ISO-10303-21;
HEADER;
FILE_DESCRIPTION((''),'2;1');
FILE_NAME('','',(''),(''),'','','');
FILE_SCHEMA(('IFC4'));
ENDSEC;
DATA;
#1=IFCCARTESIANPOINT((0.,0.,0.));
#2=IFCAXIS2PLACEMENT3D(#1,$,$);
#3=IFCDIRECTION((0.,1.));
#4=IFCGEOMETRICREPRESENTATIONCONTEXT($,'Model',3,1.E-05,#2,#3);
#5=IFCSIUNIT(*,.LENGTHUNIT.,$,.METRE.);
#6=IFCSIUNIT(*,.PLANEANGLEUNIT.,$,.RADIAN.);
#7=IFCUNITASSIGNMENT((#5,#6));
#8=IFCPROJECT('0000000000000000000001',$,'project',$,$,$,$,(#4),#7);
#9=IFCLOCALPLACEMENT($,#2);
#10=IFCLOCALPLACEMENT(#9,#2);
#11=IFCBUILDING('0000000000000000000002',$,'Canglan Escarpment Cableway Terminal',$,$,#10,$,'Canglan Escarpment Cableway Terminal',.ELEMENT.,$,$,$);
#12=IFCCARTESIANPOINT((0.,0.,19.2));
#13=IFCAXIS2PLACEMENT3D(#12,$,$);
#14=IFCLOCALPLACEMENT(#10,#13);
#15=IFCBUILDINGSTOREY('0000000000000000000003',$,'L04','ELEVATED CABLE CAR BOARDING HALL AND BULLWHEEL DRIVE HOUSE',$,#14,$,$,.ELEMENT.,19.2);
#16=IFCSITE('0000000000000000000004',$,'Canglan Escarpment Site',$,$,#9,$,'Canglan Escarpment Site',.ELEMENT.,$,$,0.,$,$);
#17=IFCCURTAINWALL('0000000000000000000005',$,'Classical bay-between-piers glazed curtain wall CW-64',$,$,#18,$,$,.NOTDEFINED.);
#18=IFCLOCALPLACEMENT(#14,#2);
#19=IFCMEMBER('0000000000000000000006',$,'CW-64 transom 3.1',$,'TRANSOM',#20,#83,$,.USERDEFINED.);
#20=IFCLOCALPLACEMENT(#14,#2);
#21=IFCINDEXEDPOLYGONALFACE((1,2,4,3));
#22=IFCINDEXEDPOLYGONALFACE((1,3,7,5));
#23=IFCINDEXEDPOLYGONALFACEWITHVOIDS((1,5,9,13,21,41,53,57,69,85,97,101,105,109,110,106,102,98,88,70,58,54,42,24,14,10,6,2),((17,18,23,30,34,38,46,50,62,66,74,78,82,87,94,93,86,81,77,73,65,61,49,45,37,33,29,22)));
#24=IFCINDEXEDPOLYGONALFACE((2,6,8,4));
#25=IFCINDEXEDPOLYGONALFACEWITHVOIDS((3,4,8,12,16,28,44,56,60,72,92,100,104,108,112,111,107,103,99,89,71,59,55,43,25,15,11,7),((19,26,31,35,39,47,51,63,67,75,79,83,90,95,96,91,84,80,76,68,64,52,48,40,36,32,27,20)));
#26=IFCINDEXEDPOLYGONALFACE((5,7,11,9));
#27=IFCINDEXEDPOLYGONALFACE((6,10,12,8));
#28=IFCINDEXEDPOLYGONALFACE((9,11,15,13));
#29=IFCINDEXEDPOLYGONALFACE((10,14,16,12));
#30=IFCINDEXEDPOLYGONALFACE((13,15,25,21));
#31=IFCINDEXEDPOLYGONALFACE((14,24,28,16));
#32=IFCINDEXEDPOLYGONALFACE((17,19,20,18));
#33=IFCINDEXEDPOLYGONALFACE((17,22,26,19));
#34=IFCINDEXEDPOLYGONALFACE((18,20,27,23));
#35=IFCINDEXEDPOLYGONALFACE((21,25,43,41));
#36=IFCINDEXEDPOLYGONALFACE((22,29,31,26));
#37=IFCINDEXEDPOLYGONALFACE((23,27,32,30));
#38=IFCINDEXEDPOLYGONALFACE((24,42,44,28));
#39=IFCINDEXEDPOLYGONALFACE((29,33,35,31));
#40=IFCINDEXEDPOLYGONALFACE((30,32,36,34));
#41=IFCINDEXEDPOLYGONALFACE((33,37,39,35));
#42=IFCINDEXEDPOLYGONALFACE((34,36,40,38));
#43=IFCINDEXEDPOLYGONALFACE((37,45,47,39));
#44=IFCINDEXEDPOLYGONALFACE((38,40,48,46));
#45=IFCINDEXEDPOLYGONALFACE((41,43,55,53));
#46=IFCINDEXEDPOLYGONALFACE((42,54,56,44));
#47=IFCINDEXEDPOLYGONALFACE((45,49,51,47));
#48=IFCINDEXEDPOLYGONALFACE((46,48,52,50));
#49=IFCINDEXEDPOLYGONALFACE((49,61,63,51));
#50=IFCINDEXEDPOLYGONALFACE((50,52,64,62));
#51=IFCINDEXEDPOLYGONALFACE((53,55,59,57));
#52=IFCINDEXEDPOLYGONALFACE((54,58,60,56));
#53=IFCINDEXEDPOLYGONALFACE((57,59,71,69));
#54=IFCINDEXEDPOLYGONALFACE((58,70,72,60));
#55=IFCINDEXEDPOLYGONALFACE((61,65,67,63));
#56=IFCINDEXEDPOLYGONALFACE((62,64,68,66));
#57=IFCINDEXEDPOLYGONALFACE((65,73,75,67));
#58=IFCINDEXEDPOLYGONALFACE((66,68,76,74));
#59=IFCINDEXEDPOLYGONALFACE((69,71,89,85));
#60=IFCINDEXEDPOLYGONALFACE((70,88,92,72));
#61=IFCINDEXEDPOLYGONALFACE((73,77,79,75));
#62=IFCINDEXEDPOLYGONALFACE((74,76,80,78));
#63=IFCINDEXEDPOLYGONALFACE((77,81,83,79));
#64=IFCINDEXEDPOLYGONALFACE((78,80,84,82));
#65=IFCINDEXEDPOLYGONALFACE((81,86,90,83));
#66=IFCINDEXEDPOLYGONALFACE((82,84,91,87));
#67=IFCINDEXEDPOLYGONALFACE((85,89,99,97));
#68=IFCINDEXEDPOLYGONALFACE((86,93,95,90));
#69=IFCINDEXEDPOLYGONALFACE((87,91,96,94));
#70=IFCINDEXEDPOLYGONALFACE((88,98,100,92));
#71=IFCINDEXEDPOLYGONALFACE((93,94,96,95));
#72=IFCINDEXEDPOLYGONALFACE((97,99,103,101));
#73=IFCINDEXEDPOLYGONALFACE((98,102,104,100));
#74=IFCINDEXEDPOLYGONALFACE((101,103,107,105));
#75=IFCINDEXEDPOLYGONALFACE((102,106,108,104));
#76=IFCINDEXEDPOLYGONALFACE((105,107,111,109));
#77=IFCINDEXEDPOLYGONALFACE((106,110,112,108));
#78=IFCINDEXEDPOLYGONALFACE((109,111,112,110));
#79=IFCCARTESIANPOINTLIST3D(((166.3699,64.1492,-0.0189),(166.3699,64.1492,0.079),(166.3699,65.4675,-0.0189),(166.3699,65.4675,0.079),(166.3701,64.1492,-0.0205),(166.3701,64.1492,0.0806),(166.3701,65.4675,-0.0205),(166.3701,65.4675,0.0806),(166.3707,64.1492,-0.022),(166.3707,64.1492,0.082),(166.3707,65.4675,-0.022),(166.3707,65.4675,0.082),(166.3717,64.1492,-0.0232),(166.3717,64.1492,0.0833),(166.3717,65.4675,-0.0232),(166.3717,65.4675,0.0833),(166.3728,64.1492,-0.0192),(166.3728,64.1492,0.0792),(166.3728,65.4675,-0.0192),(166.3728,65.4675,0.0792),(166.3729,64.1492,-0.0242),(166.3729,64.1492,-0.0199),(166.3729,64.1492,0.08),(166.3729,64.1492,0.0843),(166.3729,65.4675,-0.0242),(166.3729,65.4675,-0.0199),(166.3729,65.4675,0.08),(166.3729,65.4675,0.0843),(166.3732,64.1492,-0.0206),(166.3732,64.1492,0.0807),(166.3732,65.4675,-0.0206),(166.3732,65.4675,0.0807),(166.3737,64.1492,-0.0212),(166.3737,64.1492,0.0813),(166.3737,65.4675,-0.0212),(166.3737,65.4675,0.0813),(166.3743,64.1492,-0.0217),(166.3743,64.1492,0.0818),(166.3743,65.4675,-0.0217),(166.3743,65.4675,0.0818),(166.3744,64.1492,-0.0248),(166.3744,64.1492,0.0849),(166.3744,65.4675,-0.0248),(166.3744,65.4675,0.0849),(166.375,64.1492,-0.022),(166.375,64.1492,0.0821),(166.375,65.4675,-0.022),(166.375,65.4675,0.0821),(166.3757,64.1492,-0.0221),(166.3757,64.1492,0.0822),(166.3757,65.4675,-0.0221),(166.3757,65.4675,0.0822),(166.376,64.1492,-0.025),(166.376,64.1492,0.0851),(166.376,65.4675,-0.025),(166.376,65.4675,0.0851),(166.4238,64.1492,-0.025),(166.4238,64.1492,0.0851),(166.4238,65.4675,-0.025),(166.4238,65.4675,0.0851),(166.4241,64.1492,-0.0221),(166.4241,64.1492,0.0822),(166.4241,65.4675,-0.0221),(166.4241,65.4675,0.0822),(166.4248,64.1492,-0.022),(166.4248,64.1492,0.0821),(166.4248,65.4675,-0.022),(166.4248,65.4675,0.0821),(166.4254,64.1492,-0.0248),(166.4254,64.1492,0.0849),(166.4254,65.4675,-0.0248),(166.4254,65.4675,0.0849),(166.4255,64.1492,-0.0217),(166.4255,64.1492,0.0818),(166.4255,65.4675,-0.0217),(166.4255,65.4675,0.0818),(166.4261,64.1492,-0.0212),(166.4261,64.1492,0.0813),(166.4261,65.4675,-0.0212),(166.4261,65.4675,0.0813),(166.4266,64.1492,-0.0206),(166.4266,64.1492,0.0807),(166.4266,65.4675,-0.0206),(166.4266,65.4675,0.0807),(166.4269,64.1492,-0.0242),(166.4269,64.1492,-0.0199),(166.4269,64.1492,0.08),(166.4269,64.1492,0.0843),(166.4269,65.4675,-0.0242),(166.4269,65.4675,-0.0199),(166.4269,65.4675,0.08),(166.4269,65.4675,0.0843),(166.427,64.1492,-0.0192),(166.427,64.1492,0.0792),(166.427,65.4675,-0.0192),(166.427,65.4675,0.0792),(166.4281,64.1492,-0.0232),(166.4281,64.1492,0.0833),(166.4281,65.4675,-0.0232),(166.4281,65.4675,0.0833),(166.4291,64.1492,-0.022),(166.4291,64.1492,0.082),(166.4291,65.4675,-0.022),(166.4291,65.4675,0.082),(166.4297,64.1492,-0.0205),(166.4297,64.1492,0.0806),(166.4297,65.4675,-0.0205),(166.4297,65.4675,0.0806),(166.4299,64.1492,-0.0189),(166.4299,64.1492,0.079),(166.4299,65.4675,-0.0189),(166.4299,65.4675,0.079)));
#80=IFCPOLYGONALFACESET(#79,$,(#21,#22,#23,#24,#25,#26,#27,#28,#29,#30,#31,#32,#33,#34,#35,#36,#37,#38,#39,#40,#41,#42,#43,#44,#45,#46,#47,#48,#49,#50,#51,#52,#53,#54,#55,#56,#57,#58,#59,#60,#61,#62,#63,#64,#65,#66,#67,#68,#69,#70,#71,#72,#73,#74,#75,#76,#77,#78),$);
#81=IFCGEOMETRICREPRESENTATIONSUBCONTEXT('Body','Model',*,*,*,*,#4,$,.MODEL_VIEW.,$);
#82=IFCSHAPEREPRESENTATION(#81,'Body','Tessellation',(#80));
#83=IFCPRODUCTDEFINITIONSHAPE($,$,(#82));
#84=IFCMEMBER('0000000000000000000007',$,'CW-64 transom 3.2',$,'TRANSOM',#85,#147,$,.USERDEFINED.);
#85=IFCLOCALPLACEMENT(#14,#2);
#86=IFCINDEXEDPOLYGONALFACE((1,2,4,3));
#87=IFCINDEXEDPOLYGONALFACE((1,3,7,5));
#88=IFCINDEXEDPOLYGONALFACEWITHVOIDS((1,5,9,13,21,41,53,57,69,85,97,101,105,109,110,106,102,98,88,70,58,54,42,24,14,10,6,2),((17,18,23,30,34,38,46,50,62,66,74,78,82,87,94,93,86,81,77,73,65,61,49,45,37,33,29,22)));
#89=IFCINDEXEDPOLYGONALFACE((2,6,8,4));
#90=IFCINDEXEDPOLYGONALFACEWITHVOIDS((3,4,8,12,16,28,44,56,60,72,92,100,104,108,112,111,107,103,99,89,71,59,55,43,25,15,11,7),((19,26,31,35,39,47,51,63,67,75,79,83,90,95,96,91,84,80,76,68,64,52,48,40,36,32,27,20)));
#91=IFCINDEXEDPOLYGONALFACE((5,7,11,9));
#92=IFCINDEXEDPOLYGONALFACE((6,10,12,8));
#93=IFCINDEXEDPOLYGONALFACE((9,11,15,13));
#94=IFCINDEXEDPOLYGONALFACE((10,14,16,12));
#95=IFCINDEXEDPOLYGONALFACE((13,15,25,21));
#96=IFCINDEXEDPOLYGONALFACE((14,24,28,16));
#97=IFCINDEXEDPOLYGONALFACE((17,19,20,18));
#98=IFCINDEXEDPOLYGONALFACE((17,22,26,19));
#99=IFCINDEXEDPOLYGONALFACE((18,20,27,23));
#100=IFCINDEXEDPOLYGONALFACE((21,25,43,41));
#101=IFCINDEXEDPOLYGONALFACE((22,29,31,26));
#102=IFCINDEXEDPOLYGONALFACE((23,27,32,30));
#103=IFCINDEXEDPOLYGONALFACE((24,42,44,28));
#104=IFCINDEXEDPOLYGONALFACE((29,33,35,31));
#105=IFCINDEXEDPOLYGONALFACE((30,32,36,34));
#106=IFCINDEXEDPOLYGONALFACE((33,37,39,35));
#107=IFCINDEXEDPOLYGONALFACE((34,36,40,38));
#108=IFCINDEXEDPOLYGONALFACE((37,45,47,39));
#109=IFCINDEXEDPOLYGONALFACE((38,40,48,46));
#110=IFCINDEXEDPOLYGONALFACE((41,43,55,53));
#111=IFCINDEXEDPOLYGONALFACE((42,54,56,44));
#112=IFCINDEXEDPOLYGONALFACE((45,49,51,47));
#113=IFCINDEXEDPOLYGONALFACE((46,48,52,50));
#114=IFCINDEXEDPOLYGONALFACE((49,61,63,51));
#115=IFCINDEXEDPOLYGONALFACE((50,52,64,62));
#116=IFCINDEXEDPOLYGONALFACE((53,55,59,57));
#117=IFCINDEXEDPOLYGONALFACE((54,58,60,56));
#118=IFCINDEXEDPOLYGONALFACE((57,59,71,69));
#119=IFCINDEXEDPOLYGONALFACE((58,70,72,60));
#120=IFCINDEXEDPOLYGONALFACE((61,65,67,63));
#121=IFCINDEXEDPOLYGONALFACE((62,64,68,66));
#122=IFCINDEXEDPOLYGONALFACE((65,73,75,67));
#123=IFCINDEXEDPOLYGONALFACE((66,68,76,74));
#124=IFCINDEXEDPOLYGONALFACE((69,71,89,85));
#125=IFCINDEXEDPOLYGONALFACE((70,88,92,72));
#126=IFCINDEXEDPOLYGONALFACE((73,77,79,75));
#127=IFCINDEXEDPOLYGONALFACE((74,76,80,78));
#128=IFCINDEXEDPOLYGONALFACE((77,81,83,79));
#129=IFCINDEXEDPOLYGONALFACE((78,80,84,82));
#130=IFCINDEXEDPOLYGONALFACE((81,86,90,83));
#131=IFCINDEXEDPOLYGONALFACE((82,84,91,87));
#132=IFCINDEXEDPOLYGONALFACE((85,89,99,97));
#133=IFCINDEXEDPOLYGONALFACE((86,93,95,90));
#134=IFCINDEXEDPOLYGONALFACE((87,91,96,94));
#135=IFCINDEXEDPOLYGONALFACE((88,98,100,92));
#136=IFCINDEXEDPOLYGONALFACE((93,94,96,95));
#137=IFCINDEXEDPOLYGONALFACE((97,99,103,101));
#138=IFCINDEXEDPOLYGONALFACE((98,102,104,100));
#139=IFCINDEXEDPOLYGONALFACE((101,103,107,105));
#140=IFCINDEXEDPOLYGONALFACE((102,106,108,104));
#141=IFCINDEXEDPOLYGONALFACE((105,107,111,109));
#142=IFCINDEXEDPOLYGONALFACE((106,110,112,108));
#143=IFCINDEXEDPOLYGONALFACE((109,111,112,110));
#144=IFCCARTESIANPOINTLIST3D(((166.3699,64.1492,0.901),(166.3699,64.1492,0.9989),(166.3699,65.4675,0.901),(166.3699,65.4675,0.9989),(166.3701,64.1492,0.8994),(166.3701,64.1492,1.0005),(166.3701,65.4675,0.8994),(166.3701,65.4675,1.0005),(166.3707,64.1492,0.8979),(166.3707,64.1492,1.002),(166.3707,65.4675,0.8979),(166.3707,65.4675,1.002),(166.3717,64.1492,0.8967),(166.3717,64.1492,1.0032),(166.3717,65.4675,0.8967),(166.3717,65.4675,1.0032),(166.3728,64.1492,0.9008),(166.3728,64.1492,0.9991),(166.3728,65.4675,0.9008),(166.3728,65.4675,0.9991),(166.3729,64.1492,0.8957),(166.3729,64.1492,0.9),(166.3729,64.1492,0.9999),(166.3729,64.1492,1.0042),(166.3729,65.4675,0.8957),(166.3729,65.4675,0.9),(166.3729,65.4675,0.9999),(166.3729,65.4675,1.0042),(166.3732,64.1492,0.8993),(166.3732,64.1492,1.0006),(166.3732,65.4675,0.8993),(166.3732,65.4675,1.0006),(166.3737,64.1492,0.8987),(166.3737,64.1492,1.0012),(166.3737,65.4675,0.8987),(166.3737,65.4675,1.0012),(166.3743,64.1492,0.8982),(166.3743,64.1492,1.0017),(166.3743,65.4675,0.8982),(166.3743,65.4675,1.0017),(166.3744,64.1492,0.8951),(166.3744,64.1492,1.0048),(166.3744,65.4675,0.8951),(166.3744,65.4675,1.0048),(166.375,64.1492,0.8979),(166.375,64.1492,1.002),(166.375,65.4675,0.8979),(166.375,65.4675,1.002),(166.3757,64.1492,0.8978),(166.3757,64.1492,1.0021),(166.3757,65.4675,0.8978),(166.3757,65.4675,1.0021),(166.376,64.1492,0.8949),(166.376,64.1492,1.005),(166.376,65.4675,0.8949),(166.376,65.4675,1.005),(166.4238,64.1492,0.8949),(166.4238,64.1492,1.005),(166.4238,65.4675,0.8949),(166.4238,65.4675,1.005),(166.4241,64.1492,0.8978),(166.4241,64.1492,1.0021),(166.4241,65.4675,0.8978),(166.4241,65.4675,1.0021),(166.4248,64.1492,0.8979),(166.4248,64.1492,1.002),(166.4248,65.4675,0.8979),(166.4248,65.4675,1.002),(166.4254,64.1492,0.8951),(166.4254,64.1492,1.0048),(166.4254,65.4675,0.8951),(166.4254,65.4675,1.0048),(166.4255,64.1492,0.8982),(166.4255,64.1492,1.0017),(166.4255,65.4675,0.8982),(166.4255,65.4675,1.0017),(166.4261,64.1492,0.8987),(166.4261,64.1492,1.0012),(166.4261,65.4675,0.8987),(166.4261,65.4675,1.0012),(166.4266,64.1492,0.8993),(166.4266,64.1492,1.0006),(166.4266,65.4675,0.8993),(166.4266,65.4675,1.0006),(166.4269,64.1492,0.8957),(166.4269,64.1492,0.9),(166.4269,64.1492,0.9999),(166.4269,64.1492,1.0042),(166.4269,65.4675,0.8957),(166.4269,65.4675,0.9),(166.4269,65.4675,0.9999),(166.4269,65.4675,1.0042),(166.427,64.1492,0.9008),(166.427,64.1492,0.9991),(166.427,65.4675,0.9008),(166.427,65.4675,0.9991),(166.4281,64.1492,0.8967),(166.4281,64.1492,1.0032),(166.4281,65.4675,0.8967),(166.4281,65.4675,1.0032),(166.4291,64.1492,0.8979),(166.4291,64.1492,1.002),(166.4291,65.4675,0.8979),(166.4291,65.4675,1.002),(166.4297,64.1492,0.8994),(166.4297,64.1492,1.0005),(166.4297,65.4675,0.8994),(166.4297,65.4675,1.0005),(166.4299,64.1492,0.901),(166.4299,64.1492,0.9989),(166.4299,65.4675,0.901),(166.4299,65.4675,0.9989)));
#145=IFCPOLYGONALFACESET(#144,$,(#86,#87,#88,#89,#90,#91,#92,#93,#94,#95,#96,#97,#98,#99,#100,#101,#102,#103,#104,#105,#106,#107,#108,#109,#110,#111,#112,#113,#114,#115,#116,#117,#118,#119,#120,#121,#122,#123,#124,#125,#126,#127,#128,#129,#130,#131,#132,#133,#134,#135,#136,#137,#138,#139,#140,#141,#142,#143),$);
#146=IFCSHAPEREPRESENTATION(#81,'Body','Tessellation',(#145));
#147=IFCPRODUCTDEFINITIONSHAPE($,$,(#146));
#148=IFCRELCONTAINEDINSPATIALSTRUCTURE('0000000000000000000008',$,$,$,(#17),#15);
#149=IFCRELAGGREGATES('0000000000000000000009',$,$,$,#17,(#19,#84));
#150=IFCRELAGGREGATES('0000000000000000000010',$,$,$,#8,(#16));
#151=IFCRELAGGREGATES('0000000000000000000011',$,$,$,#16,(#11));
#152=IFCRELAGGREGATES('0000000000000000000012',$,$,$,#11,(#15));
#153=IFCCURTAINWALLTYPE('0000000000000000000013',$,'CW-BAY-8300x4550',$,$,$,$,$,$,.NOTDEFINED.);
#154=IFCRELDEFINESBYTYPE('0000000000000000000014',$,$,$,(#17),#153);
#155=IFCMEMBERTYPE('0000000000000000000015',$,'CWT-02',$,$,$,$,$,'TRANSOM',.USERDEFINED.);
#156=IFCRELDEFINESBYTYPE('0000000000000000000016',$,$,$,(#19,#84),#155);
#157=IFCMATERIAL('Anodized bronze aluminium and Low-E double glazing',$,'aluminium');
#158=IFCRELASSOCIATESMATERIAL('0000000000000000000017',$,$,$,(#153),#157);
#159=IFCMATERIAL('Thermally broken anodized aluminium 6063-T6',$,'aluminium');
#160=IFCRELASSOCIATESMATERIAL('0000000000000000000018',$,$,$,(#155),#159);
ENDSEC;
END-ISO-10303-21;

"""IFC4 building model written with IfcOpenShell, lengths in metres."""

from ifc_helpers import new_model, si_unit, direction, frame, origin, origin_2d, place, context, subcontext, project, spatial, hollow_rectangle, extrude, material, material_profile, profile_set, type_object, element, aggregate, save


model = new_model("IFC4")

# Units and contexts
model_context = context("Model", 3, precision=1e-05, world=origin(), true_north=direction((0.0, 1.0)))
body_context = subcontext(model_context, "Body", "Model", "MODEL_VIEW")
ifc_project = project(units=[si_unit("LENGTHUNIT", "METRE"), si_unit("PLANEANGLEUNIT", "RADIAN")], contexts=[model_context])

# Site, building, storey
site_placement = place(None, origin())
site = spatial("IfcSite", under=ifc_project, at=site_placement, Name="Canglan Escarpment Site", LongName="Canglan Escarpment Site", CompositionType="ELEMENT", RefElevation=0.0)
building_placement = place(site_placement, origin())
building = spatial("IfcBuilding", under=site, at=building_placement, Name="Canglan Escarpment Cableway Terminal", LongName="Canglan Escarpment Cableway Terminal", CompositionType="ELEMENT")
storey_placement = place(building_placement, frame((0.0, 0.0, 19.2)))
storey = spatial("IfcBuildingStorey", under=building, at=storey_placement, Name="L04", Description="ELEVATED CABLE CAR BOARDING HALL AND BULLWHEEL DRIVE HOUSE", CompositionType="ELEMENT", Elevation=19.2)

# Curtain wall
ifc_material_1 = material(Name="Anodized bronze aluminium and Low-E double glazing", Category="aluminium")
curtain_wall_type = type_object("IfcCurtainWallType", Name="CW-BAY-8300x4550", PredefinedType="NOTDEFINED", material=ifc_material_1)
ifc_material_2 = material(Name="Thermally broken anodized aluminium 6063-T6", Category="aluminium")
curtain_wall_1_placement = place(storey_placement, origin())
curtain_wall_1 = element("IfcCurtainWall", 1, at=curtain_wall_1_placement, inside=storey, type_object=curtain_wall_type, Name="Classical bay-between-piers glazed curtain wall CW-64", PredefinedType="NOTDEFINED")

# Members
ifc_material_profile_1 = material_profile(ifc_material_2, hollow_rectangle(XDim=0.0601, YDim=0.1101, WallThickness=0.0029, InnerFilletRadius=0.0029, OuterFilletRadius=0.0061, at=origin_2d()), Name="ALU-TRAN 60x110x3")
ifc_profile_set_1 = profile_set([ifc_material_profile_1], Name="Thermally broken anodized aluminium 6063-T6")
member_type_1 = type_object("IfcMemberType", Name="CWT-02", ElementType="TRANSOM", PredefinedType="USERDEFINED", material=ifc_profile_set_1)
member_1_placement = place(storey_placement, frame((166.3999, 64.1492, 0.03), z_axis=(0.0, 1.0, 0.0), x_axis=(-1.0, 0.0, 0.0)))
member_1 = element("IfcMember", 2, at=member_1_placement, type_object=member_type_1, Name="CW-64 transom 3.1", ObjectType="TRANSOM", PredefinedType="USERDEFINED", context=body_context, shape_type="SweptSolid", body=[
    extrude(hollow_rectangle(XDim=0.0601, YDim=0.1101, WallThickness=0.0029, InnerFilletRadius=0.0029, OuterFilletRadius=0.0061, at=origin_2d()), origin(), (0.0, 0.0, 1.0), 1.3184),
])
member_2_placement = place(storey_placement, frame((166.3999, 64.1492, 0.95), z_axis=(0.0, 1.0, 0.0), x_axis=(-1.0, 0.0, 0.0)))
member_2 = element("IfcMember", 3, at=member_2_placement, type_object=member_type_1, Name="CW-64 transom 3.2", ObjectType="TRANSOM", PredefinedType="USERDEFINED", context=body_context, shape_type="SweptSolid", body=[
    extrude(hollow_rectangle(XDim=0.0601, YDim=0.1101, WallThickness=0.0029, InnerFilletRadius=0.0029, OuterFilletRadius=0.0061, at=origin_2d()), origin(), (0.0, 0.0, 1.0), 1.3184),
])

aggregate(curtain_wall_1, [member_1, member_2])

save(model, "model.ifc")
